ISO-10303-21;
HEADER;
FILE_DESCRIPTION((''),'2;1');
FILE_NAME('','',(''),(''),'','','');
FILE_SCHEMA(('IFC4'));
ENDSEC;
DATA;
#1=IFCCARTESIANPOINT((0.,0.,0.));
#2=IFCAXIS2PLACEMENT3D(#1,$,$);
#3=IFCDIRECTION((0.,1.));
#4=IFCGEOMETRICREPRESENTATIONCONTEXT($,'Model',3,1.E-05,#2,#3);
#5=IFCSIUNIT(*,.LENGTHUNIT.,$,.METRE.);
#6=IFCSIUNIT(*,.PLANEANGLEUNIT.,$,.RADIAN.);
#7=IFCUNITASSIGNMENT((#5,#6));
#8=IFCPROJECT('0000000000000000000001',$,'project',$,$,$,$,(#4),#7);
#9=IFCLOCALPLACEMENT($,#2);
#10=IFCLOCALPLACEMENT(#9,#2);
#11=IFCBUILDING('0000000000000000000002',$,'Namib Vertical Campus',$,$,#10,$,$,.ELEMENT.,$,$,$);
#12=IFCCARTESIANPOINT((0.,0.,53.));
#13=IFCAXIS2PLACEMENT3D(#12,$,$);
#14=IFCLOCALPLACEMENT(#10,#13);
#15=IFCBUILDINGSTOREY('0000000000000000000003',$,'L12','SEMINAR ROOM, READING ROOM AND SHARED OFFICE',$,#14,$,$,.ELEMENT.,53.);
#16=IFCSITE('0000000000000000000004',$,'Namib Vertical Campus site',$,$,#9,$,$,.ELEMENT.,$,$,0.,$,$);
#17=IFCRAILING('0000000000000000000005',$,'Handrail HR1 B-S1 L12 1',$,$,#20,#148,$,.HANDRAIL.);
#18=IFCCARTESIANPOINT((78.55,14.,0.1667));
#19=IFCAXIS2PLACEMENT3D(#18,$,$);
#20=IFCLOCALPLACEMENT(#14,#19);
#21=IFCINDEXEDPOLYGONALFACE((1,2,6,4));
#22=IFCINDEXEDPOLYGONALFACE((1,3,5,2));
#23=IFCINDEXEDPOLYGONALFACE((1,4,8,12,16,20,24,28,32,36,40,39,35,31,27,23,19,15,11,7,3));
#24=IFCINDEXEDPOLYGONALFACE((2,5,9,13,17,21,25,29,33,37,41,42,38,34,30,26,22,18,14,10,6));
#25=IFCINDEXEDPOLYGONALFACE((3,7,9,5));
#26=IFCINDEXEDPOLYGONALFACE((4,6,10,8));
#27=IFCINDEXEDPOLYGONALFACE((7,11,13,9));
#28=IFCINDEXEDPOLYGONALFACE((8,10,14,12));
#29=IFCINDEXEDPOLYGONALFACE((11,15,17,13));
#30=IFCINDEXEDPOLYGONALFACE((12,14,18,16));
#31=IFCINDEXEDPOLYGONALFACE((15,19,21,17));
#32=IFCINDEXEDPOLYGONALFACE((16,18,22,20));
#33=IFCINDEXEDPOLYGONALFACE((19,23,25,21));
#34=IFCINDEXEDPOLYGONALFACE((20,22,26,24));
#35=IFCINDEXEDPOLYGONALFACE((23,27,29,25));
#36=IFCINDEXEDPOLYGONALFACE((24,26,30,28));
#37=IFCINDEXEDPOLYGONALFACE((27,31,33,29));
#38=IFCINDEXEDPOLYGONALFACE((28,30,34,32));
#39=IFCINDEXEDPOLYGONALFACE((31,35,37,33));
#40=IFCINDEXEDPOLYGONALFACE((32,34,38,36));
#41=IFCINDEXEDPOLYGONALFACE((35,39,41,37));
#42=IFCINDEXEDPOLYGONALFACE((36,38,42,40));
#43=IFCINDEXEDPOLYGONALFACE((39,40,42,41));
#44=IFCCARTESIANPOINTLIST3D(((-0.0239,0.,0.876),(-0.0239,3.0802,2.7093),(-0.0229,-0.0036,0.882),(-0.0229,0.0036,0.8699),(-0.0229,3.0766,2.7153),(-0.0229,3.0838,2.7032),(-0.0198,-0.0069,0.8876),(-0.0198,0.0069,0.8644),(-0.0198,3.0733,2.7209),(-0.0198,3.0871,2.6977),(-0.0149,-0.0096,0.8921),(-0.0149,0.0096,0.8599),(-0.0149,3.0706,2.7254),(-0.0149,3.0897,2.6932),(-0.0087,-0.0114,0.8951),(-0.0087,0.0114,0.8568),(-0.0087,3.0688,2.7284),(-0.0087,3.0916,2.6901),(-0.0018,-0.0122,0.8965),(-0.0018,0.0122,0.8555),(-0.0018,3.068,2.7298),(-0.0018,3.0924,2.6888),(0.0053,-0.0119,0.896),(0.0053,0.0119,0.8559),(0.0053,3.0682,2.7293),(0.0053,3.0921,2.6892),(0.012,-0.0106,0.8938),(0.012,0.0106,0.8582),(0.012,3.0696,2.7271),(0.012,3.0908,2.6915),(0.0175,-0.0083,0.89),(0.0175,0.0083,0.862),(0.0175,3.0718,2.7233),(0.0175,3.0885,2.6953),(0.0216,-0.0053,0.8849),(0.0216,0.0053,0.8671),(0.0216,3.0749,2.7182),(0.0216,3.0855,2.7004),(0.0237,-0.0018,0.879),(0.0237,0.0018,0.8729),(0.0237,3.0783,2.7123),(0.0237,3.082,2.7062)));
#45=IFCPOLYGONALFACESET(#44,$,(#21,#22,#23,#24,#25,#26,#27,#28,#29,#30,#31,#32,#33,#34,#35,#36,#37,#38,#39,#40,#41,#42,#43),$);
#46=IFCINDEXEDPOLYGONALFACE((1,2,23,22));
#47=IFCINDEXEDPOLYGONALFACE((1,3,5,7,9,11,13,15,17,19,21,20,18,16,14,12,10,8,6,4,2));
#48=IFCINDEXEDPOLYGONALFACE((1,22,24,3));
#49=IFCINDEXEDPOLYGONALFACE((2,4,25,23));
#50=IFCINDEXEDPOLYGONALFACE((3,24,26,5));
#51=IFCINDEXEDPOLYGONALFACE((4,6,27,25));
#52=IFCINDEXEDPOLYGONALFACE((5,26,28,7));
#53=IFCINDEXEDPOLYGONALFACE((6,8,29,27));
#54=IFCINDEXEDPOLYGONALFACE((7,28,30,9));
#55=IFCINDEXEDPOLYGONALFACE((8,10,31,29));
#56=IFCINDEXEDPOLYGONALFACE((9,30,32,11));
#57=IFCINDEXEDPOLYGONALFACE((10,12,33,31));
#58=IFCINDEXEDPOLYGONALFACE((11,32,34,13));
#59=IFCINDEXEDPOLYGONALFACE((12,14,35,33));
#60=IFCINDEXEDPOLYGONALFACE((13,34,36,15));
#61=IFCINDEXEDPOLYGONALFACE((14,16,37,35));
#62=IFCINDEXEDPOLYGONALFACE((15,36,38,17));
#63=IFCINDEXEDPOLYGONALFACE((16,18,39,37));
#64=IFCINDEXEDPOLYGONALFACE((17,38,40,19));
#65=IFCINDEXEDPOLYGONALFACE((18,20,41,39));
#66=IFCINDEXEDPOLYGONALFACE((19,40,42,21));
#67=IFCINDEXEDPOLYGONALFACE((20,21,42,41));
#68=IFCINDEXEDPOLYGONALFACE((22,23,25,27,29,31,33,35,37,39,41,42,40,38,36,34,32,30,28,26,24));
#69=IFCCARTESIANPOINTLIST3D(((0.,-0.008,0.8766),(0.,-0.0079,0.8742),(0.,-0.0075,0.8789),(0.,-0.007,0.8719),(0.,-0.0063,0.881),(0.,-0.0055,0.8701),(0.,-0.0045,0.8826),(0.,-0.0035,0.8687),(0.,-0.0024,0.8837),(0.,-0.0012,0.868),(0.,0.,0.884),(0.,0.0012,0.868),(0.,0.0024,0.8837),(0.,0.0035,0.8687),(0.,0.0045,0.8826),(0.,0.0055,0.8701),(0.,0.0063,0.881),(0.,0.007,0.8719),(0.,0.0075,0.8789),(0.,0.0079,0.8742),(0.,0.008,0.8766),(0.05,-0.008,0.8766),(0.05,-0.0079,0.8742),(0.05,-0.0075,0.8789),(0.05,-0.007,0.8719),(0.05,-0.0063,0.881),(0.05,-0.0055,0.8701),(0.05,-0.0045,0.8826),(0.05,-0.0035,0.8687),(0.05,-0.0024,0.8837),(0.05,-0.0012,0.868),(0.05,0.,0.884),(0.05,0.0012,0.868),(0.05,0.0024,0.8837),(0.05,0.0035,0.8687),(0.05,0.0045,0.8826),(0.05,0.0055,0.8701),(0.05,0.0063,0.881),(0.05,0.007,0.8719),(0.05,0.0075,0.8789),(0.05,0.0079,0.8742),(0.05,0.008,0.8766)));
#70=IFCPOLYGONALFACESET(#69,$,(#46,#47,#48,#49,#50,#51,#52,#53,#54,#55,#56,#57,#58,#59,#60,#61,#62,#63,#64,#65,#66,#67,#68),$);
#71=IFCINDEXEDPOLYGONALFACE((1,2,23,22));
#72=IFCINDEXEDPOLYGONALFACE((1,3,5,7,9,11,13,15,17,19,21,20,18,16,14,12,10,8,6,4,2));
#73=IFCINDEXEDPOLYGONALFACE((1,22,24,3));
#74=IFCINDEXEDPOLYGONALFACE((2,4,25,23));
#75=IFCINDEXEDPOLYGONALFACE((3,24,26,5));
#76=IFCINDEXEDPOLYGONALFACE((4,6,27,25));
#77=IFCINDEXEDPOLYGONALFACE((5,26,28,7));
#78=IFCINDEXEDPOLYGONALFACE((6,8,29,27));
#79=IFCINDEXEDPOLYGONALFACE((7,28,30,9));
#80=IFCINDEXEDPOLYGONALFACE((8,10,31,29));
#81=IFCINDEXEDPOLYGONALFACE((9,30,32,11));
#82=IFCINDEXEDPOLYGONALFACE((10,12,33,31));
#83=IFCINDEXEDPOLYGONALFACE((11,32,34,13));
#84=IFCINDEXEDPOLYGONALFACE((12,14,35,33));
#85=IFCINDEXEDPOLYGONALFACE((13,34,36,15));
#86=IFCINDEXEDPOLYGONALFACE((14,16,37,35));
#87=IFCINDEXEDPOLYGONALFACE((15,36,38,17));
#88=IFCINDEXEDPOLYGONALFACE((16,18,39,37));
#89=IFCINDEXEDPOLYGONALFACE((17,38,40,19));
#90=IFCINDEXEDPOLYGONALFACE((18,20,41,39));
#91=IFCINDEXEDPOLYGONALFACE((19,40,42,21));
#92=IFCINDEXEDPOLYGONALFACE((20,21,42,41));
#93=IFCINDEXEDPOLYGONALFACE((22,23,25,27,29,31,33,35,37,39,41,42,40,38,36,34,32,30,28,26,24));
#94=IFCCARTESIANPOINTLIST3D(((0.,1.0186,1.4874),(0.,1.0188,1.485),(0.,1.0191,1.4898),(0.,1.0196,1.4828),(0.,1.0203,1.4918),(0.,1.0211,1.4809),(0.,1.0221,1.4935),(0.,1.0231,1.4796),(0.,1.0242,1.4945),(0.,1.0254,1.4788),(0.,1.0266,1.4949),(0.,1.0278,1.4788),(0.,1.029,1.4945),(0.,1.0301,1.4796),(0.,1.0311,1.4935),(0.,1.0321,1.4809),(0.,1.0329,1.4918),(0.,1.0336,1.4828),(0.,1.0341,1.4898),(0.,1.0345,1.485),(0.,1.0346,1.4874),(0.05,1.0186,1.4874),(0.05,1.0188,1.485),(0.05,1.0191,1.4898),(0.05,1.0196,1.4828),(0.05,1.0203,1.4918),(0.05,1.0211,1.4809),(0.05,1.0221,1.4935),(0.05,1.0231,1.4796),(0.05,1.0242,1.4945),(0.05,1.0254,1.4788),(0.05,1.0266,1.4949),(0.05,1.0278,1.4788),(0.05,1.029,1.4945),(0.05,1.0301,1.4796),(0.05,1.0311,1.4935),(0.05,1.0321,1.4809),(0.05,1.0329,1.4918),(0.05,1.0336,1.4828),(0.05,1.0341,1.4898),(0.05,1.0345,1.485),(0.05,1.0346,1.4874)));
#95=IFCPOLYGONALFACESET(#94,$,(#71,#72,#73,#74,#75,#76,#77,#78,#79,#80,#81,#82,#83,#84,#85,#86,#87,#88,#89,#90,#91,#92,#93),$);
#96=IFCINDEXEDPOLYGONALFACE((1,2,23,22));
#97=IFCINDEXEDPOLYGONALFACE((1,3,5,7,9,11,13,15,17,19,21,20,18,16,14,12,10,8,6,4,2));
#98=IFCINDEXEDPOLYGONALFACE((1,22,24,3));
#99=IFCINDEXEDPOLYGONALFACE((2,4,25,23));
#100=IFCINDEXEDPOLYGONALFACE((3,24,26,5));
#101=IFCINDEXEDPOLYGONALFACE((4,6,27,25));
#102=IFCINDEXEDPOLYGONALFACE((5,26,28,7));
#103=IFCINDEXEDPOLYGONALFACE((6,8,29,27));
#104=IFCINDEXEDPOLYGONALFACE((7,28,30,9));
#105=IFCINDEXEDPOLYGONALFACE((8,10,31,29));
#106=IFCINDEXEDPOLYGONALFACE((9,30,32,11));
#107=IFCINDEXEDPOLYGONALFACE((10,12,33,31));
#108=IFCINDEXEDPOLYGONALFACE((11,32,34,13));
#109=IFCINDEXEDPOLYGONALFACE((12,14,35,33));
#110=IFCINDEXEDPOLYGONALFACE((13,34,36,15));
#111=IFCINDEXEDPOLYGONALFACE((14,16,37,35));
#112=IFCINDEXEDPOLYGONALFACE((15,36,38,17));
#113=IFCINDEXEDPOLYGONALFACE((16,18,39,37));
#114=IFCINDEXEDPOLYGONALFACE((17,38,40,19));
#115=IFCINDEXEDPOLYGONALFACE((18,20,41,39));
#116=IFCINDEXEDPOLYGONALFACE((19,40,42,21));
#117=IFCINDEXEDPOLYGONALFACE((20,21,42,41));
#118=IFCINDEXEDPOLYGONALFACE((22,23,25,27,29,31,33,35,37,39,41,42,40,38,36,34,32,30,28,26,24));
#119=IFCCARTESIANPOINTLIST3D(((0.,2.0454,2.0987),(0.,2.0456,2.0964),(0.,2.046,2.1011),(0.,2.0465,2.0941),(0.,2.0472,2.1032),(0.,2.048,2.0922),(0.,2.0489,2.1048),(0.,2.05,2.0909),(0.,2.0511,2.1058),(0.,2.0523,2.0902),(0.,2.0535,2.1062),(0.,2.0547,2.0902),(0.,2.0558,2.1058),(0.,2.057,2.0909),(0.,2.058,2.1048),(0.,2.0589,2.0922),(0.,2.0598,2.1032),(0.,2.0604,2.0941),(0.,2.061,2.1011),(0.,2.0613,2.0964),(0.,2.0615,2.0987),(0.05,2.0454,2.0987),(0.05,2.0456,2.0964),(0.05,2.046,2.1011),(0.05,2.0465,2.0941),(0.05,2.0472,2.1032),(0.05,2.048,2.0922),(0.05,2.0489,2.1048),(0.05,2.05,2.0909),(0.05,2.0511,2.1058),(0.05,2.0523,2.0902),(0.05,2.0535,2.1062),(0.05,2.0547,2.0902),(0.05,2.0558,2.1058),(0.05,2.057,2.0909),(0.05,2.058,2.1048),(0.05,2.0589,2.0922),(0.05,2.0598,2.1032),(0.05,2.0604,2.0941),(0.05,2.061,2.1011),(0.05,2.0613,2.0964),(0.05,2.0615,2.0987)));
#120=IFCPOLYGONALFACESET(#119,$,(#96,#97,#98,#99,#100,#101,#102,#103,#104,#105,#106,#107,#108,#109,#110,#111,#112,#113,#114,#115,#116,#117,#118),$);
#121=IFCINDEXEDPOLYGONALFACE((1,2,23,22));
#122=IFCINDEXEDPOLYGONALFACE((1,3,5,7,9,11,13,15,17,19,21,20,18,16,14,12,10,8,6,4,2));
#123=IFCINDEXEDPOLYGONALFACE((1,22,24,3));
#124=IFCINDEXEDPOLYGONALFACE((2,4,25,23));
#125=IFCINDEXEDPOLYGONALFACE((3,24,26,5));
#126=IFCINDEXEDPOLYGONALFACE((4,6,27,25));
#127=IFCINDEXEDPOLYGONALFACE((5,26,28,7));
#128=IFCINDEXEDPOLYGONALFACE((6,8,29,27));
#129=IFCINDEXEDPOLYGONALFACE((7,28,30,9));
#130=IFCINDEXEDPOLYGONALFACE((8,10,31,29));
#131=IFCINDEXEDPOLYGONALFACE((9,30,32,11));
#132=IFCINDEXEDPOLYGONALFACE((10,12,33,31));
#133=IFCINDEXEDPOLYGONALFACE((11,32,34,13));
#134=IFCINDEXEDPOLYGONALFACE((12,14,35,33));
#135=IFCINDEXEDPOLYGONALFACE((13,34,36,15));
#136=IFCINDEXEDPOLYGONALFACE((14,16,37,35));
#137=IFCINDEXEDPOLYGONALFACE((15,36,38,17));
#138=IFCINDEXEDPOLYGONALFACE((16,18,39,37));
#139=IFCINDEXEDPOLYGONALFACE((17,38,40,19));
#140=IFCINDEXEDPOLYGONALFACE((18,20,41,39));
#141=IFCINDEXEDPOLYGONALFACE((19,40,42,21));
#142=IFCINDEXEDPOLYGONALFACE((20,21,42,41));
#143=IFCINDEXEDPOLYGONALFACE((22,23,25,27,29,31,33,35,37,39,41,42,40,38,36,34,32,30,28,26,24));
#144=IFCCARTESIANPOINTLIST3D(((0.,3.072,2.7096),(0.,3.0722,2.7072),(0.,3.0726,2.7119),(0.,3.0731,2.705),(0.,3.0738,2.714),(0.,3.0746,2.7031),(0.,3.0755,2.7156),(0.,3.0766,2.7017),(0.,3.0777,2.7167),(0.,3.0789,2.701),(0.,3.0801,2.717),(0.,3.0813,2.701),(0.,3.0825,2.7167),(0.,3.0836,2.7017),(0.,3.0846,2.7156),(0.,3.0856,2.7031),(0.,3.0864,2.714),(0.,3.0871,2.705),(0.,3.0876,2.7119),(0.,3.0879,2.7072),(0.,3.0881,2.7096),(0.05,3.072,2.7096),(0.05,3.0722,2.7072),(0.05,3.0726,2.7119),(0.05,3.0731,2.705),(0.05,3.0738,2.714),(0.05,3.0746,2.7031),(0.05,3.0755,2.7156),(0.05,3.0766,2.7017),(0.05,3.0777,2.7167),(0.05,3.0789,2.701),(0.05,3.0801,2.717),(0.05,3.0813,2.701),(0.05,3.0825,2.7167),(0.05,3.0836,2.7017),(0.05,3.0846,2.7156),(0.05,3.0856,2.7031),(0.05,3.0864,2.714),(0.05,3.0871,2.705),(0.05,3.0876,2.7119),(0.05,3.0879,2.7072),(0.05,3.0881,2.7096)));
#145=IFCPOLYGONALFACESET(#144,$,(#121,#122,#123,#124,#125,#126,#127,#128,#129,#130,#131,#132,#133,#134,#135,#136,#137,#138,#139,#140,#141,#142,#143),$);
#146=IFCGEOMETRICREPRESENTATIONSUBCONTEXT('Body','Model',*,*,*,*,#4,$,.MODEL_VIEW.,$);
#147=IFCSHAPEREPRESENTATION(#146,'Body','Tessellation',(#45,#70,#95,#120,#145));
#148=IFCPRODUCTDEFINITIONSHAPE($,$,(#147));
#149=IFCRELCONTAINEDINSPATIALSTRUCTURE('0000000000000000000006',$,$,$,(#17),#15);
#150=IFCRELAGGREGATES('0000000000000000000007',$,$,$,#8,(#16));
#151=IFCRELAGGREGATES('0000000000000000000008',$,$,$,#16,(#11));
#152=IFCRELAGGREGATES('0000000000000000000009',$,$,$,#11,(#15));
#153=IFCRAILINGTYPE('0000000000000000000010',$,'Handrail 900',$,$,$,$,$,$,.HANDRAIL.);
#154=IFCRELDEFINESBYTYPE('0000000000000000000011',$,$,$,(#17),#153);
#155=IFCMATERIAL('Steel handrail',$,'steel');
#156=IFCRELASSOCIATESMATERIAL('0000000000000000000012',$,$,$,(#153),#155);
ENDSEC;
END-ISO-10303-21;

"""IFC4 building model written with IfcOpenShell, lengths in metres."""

from ifc_helpers import new_model, si_unit, direction, frame, origin, origin_2d, place, context, subcontext, project, spatial, circle, extrude, material, type_object, element, save


model = new_model("IFC4")

# Units and contexts
model_context = context("Model", 3, precision=1e-05, world=origin(), true_north=direction((0.0, 1.0)))
body_context = subcontext(model_context, "Body", "Model", "MODEL_VIEW")
ifc_project = project(units=[si_unit("LENGTHUNIT", "METRE"), si_unit("PLANEANGLEUNIT", "RADIAN")], contexts=[model_context])

# Site, building, storey
site_placement = place(None, origin())
site = spatial("IfcSite", under=ifc_project, at=site_placement, Name="Namib Vertical Campus site", CompositionType="ELEMENT", RefElevation=0.0)
building_placement = place(site_placement, origin())
building = spatial("IfcBuilding", under=site, at=building_placement, Name="Namib Vertical Campus", CompositionType="ELEMENT")
storey_placement = place(building_placement, frame((0.0, 0.0, 53.0)))
storey = spatial("IfcBuildingStorey", under=building, at=storey_placement, Name="L12", Description="SEMINAR ROOM, READING ROOM AND SHARED OFFICE", CompositionType="ELEMENT", Elevation=53.0)

# Railing
ifc_material_1 = material(Name="Steel handrail", Category="steel")
railing_type_1 = type_object("IfcRailingType", Name="Handrail 900", PredefinedType="HANDRAIL", material=ifc_material_1)
railing_1_placement = place(storey_placement, frame((78.55, 14.0, 0.1667)))
element("IfcRailing", 1, at=railing_1_placement, inside=storey, type_object=railing_type_1, Name="Handrail HR1 B-S1 L12 1", PredefinedType="HANDRAIL", context=body_context, shape_type="SweptSolid", body=[
    extrude(circle(Radius=0.0239, at=origin_2d()), frame((0.0, 0.0, 0.876), z_axis=(0.0, 0.859309, 0.511458), x_axis=(-1.0, 0.0, 0.0)), (0.0, 0.0, 1.0), 3.5845),
    extrude(circle(Radius=0.0081, at=origin_2d()), frame((0.0, 0.0, 0.876), z_axis=(1.0, 0.0, 0.0), x_axis=(0.0, 0.0, 1.0)), (0.0, 0.0, 1.0), 0.05),
    extrude(circle(Radius=0.0081, at=origin_2d()), frame((0.0, 1.0266, 1.4868), z_axis=(1.0, 0.0, 0.0), x_axis=(0.0, 0.0, 1.0)), (0.0, 0.0, 1.0), 0.05),
    extrude(circle(Radius=0.0081, at=origin_2d()), frame((0.0, 2.0535, 2.0981), z_axis=(1.0, 0.0, 0.0), x_axis=(0.0, 0.0, 1.0)), (0.0, 0.0, 1.0), 0.05),
    extrude(circle(Radius=0.0081, at=origin_2d()), frame((0.0, 3.0801, 2.709), z_axis=(1.0, 0.0, 0.0), x_axis=(0.0, 0.0, 1.0)), (0.0, 0.0, 1.0), 0.05),
])

save(model, "model.ifc")
